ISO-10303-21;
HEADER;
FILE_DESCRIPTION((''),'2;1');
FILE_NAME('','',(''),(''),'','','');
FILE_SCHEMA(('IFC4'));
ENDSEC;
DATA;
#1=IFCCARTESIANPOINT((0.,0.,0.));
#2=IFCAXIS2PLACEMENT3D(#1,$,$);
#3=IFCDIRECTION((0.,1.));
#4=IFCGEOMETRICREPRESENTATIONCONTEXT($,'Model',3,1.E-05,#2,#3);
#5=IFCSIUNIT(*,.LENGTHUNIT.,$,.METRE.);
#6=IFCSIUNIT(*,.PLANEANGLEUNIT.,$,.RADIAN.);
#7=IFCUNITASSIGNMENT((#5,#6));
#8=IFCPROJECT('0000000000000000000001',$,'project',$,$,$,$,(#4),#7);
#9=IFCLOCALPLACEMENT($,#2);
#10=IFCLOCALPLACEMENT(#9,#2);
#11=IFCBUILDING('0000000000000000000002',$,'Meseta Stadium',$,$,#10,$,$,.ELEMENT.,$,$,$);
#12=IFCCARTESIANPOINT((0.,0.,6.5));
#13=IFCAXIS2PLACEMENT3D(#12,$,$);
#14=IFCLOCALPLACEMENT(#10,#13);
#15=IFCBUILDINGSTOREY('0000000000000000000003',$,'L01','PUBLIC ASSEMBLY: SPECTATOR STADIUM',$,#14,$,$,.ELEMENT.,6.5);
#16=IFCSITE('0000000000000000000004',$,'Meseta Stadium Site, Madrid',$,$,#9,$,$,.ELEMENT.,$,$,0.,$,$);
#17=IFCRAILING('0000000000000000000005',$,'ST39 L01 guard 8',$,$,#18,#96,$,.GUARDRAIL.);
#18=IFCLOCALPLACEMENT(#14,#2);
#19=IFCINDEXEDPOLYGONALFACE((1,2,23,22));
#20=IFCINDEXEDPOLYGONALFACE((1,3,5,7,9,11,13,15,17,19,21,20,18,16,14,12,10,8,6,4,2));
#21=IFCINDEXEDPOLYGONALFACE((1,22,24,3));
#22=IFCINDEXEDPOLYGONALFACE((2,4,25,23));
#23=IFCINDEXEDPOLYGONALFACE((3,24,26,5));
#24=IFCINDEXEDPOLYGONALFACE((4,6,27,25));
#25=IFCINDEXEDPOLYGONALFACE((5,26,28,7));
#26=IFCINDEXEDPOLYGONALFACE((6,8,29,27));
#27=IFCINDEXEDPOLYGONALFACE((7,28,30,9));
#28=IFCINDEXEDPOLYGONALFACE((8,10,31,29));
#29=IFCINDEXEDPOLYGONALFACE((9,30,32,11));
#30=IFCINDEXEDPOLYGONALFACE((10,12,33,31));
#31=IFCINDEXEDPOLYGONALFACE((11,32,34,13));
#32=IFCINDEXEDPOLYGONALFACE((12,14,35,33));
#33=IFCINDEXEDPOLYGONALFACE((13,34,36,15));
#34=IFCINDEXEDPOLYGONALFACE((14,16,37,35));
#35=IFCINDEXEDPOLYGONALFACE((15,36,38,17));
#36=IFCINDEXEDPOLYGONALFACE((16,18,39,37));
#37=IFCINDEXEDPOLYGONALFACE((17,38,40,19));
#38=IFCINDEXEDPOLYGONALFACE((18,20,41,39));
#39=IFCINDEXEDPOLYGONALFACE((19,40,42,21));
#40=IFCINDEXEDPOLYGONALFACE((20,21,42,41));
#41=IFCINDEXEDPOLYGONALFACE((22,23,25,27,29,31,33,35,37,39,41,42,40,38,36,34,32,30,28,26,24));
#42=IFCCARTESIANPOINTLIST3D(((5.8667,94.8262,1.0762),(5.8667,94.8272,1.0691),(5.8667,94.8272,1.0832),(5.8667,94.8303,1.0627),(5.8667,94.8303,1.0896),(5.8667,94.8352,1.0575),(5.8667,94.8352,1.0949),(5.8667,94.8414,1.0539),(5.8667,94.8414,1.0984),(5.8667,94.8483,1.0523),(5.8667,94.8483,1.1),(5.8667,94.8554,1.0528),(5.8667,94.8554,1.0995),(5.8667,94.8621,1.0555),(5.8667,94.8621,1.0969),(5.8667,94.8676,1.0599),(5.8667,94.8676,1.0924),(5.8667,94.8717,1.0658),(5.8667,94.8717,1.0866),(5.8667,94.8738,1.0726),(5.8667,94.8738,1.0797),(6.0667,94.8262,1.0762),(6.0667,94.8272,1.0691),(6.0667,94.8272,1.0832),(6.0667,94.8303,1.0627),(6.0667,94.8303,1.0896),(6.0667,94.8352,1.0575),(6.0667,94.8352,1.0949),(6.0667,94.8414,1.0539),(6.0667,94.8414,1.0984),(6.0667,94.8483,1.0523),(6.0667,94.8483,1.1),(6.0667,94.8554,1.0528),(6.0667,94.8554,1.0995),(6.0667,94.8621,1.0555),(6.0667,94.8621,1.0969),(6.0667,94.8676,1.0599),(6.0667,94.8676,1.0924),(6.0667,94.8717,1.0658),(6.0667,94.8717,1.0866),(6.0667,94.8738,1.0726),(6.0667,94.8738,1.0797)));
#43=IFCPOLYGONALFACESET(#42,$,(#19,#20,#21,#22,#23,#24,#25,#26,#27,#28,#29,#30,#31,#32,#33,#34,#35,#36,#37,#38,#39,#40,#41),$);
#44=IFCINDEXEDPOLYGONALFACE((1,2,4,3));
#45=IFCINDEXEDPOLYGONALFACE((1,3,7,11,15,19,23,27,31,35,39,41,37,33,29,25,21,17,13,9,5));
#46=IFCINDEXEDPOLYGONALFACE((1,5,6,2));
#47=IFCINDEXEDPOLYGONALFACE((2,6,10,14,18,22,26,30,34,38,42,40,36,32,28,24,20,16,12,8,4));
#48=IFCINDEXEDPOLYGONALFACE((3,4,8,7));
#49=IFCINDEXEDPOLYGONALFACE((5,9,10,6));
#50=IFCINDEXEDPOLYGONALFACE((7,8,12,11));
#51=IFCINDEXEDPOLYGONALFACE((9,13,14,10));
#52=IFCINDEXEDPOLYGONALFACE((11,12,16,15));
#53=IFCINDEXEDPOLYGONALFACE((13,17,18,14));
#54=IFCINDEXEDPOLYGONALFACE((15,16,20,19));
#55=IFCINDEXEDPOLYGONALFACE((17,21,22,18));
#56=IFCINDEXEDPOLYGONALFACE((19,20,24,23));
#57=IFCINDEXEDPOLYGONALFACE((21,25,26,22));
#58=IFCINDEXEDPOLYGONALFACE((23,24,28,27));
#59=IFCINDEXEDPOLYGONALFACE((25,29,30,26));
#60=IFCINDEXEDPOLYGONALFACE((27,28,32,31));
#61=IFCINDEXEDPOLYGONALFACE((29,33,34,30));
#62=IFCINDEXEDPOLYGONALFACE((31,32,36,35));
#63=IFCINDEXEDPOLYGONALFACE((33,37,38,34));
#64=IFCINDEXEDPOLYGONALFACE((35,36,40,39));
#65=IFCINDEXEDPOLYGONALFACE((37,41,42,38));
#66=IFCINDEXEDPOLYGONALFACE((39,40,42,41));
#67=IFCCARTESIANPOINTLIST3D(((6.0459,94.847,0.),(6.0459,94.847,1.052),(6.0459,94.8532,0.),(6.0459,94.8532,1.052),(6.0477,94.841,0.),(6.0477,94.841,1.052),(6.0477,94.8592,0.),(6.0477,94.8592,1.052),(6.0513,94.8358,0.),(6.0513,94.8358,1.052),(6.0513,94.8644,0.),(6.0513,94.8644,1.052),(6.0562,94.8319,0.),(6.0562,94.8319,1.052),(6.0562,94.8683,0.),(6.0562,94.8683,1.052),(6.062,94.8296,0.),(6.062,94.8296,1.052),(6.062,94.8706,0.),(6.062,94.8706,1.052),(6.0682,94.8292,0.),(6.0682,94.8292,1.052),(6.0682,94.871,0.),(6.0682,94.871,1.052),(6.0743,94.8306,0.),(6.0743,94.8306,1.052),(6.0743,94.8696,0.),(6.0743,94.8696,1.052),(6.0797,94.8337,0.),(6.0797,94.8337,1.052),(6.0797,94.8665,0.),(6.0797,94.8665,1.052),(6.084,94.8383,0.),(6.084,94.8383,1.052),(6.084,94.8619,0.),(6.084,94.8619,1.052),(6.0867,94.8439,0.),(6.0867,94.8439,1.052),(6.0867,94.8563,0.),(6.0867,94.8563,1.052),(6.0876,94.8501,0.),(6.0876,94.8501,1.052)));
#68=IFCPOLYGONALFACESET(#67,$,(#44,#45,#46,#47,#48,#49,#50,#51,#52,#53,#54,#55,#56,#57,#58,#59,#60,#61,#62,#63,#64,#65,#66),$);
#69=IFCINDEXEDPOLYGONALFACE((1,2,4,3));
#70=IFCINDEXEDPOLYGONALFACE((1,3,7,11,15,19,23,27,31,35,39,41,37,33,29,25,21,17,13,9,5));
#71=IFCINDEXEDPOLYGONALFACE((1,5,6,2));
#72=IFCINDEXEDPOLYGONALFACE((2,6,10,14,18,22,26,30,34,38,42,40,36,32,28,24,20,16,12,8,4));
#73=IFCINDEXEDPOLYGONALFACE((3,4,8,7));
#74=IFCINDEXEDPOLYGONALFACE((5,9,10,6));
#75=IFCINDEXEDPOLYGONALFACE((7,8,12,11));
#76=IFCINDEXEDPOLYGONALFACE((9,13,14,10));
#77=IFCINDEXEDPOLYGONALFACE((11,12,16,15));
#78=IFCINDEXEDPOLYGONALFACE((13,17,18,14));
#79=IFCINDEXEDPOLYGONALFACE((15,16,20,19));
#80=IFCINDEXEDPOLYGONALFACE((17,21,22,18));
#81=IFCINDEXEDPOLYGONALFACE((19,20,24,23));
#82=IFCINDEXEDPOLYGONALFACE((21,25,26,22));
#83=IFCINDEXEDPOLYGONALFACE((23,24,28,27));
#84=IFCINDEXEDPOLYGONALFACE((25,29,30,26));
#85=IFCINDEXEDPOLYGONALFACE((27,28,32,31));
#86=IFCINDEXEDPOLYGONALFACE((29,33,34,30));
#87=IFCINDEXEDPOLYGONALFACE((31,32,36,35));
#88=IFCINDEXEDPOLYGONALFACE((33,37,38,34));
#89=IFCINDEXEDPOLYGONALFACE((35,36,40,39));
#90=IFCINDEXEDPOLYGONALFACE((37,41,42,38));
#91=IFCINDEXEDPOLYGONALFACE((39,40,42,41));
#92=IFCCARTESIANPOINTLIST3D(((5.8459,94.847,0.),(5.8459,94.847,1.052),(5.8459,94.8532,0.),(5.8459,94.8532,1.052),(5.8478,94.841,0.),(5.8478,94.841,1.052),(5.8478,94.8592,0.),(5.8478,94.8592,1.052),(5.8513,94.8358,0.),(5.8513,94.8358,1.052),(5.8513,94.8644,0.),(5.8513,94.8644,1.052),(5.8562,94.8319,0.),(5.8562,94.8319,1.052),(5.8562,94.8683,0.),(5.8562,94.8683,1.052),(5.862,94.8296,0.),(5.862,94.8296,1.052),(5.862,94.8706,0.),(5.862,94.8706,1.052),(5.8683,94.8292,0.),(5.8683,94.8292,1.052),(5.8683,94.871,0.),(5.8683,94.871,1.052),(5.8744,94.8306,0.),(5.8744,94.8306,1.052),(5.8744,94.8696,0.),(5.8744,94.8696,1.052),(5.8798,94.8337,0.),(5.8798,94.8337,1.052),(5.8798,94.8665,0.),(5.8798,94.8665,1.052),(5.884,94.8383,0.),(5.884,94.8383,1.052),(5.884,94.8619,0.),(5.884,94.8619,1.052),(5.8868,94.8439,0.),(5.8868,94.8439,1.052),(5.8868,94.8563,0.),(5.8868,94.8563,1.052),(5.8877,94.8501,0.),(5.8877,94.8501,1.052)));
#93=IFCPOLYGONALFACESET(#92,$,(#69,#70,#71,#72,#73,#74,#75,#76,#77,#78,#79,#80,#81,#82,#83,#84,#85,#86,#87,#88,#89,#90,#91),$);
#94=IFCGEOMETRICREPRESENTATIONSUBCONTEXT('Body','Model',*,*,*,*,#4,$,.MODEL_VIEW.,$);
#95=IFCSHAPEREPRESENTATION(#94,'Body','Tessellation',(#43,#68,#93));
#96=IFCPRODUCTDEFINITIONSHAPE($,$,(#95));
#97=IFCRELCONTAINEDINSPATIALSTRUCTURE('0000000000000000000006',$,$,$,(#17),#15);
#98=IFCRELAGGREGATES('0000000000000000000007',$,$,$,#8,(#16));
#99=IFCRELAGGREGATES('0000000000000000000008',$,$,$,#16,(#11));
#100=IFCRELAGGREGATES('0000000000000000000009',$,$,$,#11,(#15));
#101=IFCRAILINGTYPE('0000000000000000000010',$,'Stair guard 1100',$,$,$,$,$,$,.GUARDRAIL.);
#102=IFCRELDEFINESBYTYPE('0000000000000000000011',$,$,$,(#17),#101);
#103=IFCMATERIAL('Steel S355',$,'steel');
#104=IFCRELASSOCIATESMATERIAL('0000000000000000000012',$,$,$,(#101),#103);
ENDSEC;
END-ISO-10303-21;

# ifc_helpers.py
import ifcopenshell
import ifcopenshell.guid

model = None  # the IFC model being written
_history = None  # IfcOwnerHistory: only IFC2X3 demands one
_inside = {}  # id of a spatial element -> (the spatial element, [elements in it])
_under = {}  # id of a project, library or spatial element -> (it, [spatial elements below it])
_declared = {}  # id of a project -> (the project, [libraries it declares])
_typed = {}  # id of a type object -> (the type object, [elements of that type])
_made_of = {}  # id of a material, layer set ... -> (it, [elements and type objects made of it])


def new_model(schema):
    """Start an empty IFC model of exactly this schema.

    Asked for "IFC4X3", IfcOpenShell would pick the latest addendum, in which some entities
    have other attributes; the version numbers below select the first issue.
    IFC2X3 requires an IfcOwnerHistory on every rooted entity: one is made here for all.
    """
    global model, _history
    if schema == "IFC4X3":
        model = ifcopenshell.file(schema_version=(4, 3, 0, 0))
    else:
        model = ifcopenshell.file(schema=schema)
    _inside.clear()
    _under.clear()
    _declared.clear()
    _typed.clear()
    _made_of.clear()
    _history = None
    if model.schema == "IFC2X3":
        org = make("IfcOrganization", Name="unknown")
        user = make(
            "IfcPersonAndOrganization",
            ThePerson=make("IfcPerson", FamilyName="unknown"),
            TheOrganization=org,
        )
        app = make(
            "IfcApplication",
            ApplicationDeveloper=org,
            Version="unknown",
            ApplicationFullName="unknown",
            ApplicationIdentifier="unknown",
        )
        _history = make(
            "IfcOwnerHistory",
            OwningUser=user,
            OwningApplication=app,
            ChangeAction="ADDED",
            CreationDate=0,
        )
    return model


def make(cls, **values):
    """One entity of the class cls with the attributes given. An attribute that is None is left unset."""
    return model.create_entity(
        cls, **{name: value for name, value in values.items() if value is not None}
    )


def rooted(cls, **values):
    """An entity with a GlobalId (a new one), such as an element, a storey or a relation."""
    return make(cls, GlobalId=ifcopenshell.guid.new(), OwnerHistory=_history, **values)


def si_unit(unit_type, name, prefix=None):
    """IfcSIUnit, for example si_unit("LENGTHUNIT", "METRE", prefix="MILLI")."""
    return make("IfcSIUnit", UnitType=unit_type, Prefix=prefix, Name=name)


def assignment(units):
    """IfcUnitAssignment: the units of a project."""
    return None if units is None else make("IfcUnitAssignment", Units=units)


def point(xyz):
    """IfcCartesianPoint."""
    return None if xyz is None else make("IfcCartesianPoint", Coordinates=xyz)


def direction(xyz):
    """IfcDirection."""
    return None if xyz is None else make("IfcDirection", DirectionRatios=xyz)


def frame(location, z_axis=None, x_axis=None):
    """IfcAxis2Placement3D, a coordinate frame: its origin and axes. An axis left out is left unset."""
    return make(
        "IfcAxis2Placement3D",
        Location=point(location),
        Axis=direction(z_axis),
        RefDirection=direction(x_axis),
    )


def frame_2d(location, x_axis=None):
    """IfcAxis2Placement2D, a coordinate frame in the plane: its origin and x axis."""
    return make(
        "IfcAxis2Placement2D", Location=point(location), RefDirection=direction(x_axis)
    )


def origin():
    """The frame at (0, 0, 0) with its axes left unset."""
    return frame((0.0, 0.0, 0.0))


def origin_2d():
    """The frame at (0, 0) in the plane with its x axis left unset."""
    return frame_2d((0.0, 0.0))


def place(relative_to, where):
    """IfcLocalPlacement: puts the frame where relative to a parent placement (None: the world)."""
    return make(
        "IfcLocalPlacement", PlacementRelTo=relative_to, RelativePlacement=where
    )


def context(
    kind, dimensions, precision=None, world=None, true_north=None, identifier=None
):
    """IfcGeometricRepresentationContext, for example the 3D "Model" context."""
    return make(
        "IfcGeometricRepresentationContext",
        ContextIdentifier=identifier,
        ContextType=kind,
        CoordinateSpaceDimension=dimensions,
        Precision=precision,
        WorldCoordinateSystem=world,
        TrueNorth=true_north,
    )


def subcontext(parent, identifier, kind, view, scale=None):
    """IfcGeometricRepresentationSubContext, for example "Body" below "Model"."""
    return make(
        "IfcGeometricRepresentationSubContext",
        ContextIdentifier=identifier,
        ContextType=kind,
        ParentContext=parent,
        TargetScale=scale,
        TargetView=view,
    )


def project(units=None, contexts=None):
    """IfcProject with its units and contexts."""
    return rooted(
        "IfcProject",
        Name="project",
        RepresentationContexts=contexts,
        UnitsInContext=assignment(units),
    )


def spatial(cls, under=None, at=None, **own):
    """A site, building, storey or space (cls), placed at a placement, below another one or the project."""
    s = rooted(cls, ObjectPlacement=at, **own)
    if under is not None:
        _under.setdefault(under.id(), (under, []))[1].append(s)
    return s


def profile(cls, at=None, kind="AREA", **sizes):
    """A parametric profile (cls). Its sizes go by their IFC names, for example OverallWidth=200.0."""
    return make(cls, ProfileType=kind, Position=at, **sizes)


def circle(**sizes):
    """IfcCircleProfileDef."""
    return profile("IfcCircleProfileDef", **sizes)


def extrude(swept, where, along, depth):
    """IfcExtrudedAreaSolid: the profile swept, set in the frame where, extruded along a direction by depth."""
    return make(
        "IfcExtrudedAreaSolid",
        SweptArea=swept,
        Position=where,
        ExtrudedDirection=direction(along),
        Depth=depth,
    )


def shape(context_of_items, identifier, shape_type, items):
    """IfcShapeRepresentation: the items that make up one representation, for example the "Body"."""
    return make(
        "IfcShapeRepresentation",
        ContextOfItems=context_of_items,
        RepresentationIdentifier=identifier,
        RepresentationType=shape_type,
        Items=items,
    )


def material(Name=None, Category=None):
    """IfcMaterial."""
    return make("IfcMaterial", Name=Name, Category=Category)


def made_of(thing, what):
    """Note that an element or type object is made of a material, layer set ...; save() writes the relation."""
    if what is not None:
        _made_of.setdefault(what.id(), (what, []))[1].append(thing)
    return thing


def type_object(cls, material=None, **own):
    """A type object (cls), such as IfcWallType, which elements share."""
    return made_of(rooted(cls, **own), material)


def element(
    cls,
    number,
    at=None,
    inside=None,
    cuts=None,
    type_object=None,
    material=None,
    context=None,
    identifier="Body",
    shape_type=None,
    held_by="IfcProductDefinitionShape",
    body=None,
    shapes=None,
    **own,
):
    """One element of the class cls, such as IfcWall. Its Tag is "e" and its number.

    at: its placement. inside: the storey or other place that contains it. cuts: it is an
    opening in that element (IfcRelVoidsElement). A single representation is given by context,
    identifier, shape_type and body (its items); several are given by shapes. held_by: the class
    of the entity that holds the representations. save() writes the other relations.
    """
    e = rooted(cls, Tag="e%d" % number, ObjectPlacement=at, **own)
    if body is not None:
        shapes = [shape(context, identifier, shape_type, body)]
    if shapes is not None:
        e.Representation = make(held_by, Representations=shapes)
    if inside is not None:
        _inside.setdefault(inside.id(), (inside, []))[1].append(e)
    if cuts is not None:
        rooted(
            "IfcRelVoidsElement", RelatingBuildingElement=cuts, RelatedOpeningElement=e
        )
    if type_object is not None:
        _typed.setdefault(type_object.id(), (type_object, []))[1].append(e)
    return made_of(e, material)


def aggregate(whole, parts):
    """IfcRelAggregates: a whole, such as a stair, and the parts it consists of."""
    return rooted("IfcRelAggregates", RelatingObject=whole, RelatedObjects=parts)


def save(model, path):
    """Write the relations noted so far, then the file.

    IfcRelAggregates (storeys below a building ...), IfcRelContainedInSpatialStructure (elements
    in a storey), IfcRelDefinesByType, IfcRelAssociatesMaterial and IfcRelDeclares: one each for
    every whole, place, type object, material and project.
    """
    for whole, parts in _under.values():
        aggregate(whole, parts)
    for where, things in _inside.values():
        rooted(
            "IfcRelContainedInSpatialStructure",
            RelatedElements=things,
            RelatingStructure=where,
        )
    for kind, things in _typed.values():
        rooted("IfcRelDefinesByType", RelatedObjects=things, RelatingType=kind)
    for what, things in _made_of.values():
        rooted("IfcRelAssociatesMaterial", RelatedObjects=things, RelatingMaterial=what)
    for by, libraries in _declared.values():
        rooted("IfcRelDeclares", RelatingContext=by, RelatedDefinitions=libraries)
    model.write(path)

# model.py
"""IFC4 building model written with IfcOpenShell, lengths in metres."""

from ifc_helpers import new_model, si_unit, direction, frame, origin, origin_2d, place, context, subcontext, project, spatial, circle, extrude, material, type_object, element, save


model = new_model("IFC4")

# Units and contexts
model_context = context("Model", 3, precision=1e-05, world=origin(), true_north=direction((0.0, 1.0)))
body_context = subcontext(model_context, "Body", "Model", "MODEL_VIEW")
ifc_project = project(units=[si_unit("LENGTHUNIT", "METRE"), si_unit("PLANEANGLEUNIT", "RADIAN")], contexts=[model_context])

# Site, building, storey
site_placement = place(None, origin())
site = spatial("IfcSite", under=ifc_project, at=site_placement, Name="Meseta Stadium Site, Madrid", CompositionType="ELEMENT", RefElevation=0.0)
building_placement = place(site_placement, origin())
building = spatial("IfcBuilding", under=site, at=building_placement, Name="Meseta Stadium", CompositionType="ELEMENT")
storey_placement = place(building_placement, frame((0.0, 0.0, 6.5)))
storey = spatial("IfcBuildingStorey", under=building, at=storey_placement, Name="L01", Description="PUBLIC ASSEMBLY: SPECTATOR STADIUM", CompositionType="ELEMENT", Elevation=6.5)

# Railing
ifc_material_1 = material(Name="Steel S355", Category="steel")
railing_type_1 = type_object("IfcRailingType", Name="Stair guard 1100", PredefinedType="GUARDRAIL", material=ifc_material_1)
railing_1_placement = place(storey_placement, frame((6.0667, 94.8501, 0.0)))
element("IfcRailing", 1, at=railing_1_placement, inside=storey, type_object=railing_type_1, Name="ST39 L01 guard 8", PredefinedType="GUARDRAIL", context=body_context, shape_type="SweptSolid", body=[
    extrude(circle(Radius=0.0239, at=origin_2d()), frame((0.0, 0.0, 1.0762), z_axis=(-1.0, 0.0, 0.0), x_axis=(0.0, -1.0, 0.0)), (0.0, 0.0, 1.0), 0.2),
    extrude(circle(Radius=0.021, at=origin_2d()), origin(), (0.0, 0.0, 1.0), 1.052),
    extrude(circle(Radius=0.021, at=origin_2d()), frame((-0.2, 0.0, 0.0)), (0.0, 0.0, 1.0), 1.052),
])

save(model, "model.ifc")
